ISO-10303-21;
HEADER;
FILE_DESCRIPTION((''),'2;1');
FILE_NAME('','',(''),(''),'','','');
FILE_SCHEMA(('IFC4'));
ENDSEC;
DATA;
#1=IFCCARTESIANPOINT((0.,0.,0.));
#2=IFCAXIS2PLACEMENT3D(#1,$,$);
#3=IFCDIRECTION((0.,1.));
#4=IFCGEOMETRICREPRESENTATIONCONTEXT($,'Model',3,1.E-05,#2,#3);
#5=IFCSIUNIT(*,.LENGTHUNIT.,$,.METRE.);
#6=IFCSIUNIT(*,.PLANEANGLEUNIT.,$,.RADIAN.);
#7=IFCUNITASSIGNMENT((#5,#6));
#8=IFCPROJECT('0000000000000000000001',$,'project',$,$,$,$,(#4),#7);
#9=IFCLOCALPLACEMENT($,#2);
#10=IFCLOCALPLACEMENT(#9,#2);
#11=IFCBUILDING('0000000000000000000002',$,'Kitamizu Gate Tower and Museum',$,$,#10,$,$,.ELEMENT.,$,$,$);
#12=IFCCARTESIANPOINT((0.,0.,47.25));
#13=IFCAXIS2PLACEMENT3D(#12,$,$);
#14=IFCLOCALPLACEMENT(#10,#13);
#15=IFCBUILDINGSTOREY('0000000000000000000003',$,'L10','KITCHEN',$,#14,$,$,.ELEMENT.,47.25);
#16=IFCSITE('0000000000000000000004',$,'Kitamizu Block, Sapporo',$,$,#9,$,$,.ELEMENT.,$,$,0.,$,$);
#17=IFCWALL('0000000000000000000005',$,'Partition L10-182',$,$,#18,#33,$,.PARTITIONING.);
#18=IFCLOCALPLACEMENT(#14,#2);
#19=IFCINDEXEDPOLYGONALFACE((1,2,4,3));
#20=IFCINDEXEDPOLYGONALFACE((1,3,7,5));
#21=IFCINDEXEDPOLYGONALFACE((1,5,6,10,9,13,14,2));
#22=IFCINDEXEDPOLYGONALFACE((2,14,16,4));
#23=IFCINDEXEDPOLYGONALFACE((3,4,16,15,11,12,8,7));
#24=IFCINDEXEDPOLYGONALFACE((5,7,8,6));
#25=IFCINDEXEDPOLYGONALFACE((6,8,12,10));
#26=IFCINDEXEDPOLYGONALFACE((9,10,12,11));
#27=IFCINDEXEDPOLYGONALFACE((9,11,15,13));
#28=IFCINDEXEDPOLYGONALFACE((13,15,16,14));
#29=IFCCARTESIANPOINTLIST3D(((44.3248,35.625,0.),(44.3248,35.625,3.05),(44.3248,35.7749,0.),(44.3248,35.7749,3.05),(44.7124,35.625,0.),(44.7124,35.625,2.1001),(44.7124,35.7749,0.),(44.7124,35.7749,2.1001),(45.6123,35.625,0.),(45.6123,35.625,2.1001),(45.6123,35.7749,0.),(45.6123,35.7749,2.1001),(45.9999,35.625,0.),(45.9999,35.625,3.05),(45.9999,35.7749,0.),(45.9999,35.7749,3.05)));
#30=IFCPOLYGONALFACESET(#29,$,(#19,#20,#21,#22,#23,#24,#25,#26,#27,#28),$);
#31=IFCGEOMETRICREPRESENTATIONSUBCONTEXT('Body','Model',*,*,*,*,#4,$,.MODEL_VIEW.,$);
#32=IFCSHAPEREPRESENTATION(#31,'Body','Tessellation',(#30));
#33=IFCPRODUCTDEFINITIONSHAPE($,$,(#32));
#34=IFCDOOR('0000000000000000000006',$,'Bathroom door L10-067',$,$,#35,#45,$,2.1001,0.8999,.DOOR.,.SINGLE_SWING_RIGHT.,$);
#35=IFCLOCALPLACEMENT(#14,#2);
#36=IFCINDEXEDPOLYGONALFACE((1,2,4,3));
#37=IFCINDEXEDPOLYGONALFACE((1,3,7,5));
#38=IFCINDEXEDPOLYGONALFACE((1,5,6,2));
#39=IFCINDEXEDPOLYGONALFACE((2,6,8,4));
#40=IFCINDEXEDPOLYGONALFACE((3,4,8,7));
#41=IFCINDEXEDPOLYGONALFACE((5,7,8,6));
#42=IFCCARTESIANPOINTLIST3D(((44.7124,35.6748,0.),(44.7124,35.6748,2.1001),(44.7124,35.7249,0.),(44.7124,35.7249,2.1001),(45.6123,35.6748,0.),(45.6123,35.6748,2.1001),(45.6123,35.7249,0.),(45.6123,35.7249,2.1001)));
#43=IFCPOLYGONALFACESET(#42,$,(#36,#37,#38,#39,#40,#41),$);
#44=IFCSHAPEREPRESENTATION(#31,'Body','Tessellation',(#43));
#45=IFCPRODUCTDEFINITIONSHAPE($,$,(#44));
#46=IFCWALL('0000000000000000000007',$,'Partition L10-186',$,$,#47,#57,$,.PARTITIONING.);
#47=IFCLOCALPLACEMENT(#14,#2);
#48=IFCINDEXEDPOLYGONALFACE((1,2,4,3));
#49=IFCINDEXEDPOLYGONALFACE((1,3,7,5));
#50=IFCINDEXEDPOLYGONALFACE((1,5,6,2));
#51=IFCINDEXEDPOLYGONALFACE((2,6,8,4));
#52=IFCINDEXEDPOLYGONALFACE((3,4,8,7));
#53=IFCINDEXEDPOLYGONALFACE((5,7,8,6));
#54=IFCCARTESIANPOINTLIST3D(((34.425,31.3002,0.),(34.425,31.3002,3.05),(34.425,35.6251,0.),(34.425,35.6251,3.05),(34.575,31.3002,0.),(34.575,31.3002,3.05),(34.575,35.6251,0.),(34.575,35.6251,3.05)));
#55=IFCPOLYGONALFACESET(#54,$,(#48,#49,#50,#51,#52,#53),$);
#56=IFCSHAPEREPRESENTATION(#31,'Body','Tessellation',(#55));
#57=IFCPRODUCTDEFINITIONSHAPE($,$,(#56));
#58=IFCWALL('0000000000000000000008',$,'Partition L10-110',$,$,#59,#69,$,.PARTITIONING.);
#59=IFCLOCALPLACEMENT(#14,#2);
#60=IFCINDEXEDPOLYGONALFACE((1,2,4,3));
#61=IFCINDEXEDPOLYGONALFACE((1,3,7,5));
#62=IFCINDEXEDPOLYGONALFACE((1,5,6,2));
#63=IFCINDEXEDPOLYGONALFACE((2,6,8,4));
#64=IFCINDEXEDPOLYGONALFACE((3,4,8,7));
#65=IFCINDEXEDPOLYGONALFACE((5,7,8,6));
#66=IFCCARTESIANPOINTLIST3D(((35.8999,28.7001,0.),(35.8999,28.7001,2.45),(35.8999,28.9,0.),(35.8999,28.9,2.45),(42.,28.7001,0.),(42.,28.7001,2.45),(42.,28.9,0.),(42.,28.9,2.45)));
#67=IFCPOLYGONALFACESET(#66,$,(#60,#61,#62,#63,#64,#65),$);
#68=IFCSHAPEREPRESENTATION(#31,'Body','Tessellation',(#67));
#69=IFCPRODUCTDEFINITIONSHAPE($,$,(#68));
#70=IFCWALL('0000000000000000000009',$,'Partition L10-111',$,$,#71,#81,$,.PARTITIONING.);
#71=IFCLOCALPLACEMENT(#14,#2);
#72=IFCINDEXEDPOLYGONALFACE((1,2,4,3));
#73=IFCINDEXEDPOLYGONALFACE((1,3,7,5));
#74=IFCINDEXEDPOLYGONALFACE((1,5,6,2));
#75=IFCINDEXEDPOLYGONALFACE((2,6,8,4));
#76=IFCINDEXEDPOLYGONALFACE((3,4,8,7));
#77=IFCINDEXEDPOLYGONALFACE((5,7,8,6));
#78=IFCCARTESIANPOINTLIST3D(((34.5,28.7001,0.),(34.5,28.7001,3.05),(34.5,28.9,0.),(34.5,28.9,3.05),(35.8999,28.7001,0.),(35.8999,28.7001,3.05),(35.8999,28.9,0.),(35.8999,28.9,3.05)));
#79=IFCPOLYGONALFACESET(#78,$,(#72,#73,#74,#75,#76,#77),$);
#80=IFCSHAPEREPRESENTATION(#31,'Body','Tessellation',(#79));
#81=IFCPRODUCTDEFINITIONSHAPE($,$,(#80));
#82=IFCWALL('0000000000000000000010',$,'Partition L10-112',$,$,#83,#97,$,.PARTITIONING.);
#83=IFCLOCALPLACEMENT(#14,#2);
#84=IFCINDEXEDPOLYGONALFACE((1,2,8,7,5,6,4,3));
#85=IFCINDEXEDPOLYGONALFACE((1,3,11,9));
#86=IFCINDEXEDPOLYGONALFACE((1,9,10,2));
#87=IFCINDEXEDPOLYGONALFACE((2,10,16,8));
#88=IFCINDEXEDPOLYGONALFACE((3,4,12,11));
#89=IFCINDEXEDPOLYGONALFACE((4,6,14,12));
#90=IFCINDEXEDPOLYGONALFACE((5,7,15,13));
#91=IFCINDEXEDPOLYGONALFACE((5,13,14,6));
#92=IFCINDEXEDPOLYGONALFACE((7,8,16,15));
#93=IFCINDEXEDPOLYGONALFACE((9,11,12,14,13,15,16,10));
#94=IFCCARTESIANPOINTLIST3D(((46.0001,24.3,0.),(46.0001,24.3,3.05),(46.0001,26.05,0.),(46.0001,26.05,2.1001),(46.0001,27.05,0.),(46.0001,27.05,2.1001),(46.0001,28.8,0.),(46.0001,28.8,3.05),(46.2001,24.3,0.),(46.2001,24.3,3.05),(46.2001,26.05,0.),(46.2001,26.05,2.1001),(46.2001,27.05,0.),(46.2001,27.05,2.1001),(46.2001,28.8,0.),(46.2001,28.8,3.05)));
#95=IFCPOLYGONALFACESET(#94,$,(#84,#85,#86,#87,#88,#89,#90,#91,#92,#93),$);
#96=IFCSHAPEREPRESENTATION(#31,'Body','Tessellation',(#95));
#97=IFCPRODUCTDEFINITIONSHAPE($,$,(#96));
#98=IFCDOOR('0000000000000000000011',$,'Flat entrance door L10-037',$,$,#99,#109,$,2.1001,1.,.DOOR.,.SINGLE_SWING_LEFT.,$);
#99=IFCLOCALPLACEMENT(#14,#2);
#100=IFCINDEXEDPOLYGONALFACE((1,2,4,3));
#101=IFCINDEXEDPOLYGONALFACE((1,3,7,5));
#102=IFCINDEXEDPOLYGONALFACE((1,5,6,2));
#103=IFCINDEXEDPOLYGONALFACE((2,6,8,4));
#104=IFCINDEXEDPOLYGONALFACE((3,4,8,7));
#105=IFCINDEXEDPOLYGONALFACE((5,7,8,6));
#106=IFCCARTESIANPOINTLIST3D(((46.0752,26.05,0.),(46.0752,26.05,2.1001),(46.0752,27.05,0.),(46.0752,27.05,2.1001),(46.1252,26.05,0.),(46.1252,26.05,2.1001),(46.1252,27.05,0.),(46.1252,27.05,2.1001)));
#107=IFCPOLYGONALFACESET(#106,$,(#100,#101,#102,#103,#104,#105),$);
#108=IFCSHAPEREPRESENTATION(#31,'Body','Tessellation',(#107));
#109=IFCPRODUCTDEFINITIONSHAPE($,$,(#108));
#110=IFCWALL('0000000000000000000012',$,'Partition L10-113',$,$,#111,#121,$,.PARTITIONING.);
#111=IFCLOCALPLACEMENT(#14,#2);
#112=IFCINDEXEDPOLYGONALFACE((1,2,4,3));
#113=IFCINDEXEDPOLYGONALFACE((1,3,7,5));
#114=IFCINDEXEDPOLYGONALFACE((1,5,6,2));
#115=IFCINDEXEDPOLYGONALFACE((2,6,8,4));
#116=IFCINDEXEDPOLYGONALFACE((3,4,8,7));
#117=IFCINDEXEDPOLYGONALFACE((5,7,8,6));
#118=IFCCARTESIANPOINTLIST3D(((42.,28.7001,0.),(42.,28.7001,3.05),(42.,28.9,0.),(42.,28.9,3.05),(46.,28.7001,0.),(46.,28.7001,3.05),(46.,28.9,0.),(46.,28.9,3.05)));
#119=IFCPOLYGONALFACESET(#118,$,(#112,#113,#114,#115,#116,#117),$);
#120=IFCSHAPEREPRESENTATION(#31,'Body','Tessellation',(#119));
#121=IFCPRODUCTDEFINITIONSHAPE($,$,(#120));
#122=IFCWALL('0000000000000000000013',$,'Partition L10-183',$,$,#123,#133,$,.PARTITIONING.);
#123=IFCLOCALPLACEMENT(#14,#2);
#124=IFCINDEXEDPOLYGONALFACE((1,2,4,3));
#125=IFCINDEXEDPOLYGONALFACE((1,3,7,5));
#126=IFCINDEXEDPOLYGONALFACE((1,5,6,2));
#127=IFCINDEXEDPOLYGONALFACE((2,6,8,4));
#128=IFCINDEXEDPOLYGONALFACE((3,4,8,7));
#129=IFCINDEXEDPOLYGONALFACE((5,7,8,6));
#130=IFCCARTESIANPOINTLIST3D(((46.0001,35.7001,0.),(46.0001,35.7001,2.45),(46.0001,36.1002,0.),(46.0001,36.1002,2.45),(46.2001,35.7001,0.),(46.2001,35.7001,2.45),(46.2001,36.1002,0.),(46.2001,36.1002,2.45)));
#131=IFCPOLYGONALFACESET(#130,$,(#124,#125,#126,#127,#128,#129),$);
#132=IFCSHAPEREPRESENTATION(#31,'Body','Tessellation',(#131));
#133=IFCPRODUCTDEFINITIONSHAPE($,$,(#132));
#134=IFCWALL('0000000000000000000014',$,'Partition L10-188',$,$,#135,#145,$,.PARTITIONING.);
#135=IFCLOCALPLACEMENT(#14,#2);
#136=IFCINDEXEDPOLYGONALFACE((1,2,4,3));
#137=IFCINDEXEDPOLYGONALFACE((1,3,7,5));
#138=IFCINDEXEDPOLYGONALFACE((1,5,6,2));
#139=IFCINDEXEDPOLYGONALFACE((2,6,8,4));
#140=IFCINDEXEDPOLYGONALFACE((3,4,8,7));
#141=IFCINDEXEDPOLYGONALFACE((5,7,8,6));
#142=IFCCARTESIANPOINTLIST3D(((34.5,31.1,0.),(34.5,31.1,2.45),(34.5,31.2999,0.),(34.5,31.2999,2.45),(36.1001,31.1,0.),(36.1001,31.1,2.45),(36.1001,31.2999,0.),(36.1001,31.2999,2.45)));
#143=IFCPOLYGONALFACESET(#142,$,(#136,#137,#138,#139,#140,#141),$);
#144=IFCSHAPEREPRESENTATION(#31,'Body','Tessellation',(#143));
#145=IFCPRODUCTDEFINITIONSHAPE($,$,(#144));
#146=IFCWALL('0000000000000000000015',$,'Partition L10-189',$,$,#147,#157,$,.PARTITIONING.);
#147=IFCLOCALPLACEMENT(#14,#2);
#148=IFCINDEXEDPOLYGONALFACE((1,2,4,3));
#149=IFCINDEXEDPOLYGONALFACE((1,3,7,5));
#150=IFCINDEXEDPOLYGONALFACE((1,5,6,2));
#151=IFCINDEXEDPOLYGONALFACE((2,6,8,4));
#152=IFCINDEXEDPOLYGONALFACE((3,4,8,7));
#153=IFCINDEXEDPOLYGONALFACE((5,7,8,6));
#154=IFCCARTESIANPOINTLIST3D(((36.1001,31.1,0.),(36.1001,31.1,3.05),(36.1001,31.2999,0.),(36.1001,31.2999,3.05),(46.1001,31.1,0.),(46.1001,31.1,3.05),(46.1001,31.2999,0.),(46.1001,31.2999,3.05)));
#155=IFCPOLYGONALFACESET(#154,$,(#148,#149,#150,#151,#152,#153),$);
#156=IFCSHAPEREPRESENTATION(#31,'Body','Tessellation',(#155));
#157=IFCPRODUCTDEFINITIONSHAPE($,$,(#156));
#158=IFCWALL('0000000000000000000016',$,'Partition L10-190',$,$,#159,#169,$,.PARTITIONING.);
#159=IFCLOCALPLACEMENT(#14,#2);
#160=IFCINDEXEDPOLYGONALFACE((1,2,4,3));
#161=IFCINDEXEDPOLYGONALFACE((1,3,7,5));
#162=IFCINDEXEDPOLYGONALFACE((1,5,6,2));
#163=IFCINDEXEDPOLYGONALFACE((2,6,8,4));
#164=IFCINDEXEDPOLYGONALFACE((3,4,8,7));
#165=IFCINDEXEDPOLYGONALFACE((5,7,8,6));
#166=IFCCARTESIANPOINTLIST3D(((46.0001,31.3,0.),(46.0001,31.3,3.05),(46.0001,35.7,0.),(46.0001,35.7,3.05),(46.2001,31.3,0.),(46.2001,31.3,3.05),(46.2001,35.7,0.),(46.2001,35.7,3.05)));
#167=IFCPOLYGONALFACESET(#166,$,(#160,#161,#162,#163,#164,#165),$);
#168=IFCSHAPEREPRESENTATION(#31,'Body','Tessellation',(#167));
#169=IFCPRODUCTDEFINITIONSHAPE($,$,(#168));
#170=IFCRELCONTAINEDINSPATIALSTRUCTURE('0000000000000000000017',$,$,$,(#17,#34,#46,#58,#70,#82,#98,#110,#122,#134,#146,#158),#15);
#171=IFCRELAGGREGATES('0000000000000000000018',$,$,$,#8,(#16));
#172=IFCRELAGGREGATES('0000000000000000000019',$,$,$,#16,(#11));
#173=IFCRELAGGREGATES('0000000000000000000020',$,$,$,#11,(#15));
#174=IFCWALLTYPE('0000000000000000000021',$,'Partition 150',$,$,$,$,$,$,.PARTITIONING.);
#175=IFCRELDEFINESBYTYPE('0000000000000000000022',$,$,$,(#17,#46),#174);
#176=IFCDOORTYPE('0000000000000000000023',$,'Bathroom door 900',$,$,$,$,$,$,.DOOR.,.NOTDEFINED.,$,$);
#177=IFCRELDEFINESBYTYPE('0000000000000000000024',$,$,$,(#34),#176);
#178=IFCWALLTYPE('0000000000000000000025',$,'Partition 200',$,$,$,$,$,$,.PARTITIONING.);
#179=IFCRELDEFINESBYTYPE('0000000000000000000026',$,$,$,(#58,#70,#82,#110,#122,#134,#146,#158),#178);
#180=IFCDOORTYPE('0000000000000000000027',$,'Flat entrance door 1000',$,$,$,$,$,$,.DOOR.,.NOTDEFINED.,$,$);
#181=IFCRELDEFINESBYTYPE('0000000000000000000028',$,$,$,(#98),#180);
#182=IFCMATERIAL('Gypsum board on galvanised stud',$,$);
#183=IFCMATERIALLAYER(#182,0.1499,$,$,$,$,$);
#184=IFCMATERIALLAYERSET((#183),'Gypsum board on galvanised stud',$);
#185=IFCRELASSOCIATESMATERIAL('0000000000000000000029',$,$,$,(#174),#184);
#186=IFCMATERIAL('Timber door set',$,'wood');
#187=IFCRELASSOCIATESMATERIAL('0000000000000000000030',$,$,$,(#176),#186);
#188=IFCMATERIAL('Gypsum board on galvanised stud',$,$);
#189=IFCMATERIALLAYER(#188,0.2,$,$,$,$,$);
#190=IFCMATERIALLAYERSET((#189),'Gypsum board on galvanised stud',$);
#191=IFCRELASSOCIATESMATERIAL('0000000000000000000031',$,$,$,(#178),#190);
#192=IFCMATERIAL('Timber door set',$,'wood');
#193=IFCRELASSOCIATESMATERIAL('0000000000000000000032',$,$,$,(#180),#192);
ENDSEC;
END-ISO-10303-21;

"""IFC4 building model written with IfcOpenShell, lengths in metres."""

from ifc_helpers import new_model, si_unit, direction, frame, frame_2d, origin, place, context, subcontext, project, spatial, rectangle, extrude, material, layer, layer_set, type_object, element, fill, save


model = new_model("IFC4")

# Units and contexts
model_context = context("Model", 3, precision=1e-05, world=origin(), true_north=direction((0.0, 1.0)))
body_context = subcontext(model_context, "Body", "Model", "MODEL_VIEW")
ifc_project = project(units=[si_unit("LENGTHUNIT", "METRE"), si_unit("PLANEANGLEUNIT", "RADIAN")], contexts=[model_context])

# Site, building, storey
site_placement = place(None, origin())
site = spatial("IfcSite", under=ifc_project, at=site_placement, Name="Kitamizu Block, Sapporo", CompositionType="ELEMENT", RefElevation=0.0)
building_placement = place(site_placement, origin())
building = spatial("IfcBuilding", under=site, at=building_placement, Name="Kitamizu Gate Tower and Museum", CompositionType="ELEMENT")
storey_placement = place(building_placement, frame((0.0, 0.0, 47.25)))
storey = spatial("IfcBuildingStorey", under=building, at=storey_placement, Name="L10", Description="KITCHEN", CompositionType="ELEMENT", Elevation=47.25)

# Shared definitions
ifc_material_1 = material(Name="Gypsum board on galvanised stud")
ifc_layer_1 = layer(ifc_material_1, 0.1499)
ifc_layer_set_1 = layer_set([ifc_layer_1], Name="Gypsum board on galvanised stud")
wall_type_1 = type_object("IfcWallType", Name="Partition 150", PredefinedType="PARTITIONING", material=ifc_layer_set_1)

# Wall, opening, door
wall_1_placement = place(storey_placement, frame((44.325, 35.7, 0.0), z_axis=(0.0, 0.0, 1.0), x_axis=(1.0, 0.0, 0.0)))
wall_1 = element("IfcWall", 1, at=wall_1_placement, inside=storey, type_object=wall_type_1, Name="Partition L10-182", PredefinedType="PARTITIONING", context=body_context, shape_type="SweptSolid", body=[
    extrude(rectangle(XDim=1.675, YDim=0.1499, at=frame_2d((0.8374, 0.0))), origin(), (0.0, 0.0, 1.0), 3.05),
])
opening_1_placement = place(wall_1_placement, frame((0.3875, 0.0, 0.0)))
opening_1 = element("IfcOpeningElement", 2, at=opening_1_placement, cuts=wall_1, PredefinedType="OPENING", context=body_context, shape_type="SweptSolid", body=[
    extrude(rectangle(XDim=0.8999, YDim=2.1001, at=frame_2d((0.45, 1.05))), frame((0.0, 0.085, 0.0), z_axis=(0.0, -1.0, 0.0), x_axis=(1.0, 0.0, 0.0)), (0.0, 0.0, 1.0), 0.1699),
])
ifc_material_2 = material(Name="Timber door set", Category="wood")
door_type_1 = type_object("IfcDoorType", Name="Bathroom door 900", OperationType="NOTDEFINED", PredefinedType="DOOR", material=ifc_material_2)
door_1_placement = place(opening_1_placement, origin())
door_1 = element("IfcDoor", 3, at=door_1_placement, inside=storey, type_object=door_type_1, Name="Bathroom door L10-067", OperationType="SINGLE_SWING_RIGHT", OverallHeight=2.1001, OverallWidth=0.8999, PredefinedType="DOOR", context=body_context, shape_type="SweptSolid", body=[
    extrude(rectangle(XDim=0.8999, YDim=2.1001, at=frame_2d((0.45, 1.05))), frame((0.0, 0.0249, 0.0), z_axis=(0.0, -1.0, 0.0), x_axis=(1.0, 0.0, 0.0)), (0.0, 0.0, 1.0), 0.05),
])
fill(opening_1, door_1)

# Walls
wall_2_placement = place(storey_placement, frame((34.5, 31.3, 0.0), z_axis=(0.0, 0.0, 1.0), x_axis=(0.0, 1.0, 0.0)))
element("IfcWall", 4, at=wall_2_placement, inside=storey, type_object=wall_type_1, Name="Partition L10-186", PredefinedType="PARTITIONING", context=body_context, shape_type="SweptSolid", body=[
    extrude(rectangle(XDim=4.325, YDim=0.1499, at=frame_2d((2.1626, 0.0))), origin(), (0.0, 0.0, 1.0), 3.05),
])
ifc_material_3 = material(Name="Gypsum board on galvanised stud")
ifc_layer_2 = layer(ifc_material_3, 0.2)
ifc_layer_set_2 = layer_set([ifc_layer_2], Name="Gypsum board on galvanised stud")
wall_type_2 = type_object("IfcWallType", Name="Partition 200", PredefinedType="PARTITIONING", material=ifc_layer_set_2)
wall_3_placement = place(storey_placement, frame((42.0, 28.8, 0.0), z_axis=(0.0, 0.0, 1.0), x_axis=(-1.0, 0.0, 0.0)))
element("IfcWall", 5, at=wall_3_placement, inside=storey, type_object=wall_type_2, Name="Partition L10-110", PredefinedType="PARTITIONING", context=body_context, shape_type="SweptSolid", body=[
    extrude(rectangle(XDim=6.1001, YDim=0.2, at=frame_2d((3.05, 0.0))), origin(), (0.0, 0.0, 1.0), 2.45),
])
wall_4_placement = place(storey_placement, frame((35.8999, 28.8, 0.0), z_axis=(0.0, 0.0, 1.0), x_axis=(-1.0, 0.0, 0.0)))
element("IfcWall", 6, at=wall_4_placement, inside=storey, type_object=wall_type_2, Name="Partition L10-111", PredefinedType="PARTITIONING", context=body_context, shape_type="SweptSolid", body=[
    extrude(rectangle(XDim=1.3999, YDim=0.2, at=frame_2d((0.7, 0.0))), origin(), (0.0, 0.0, 1.0), 3.05),
])

# Wall, opening, door
wall_5_placement = place(storey_placement, frame((46.1001, 24.3, 0.0), z_axis=(0.0, 0.0, 1.0), x_axis=(0.0, 1.0, 0.0)))
wall_5 = element("IfcWall", 7, at=wall_5_placement, inside=storey, type_object=wall_type_2, Name="Partition L10-112", PredefinedType="PARTITIONING", context=body_context, shape_type="SweptSolid", body=[
    extrude(rectangle(XDim=4.5, YDim=0.2, at=frame_2d((2.25, 0.0))), origin(), (0.0, 0.0, 1.0), 3.05),
])
opening_2_placement = place(wall_5_placement, frame((1.75, 0.0, 0.0)))
opening_2 = element("IfcOpeningElement", 8, at=opening_2_placement, cuts=wall_5, PredefinedType="OPENING", context=body_context, shape_type="SweptSolid", body=[
    extrude(rectangle(XDim=1.0, YDim=2.1001, at=frame_2d((0.5, 1.05))), frame((0.0, 0.1099, 0.0), z_axis=(0.0, -1.0, 0.0), x_axis=(1.0, 0.0, 0.0)), (0.0, 0.0, 1.0), 0.22),
])
ifc_material_4 = material(Name="Timber door set", Category="wood")
door_type_2 = type_object("IfcDoorType", Name="Flat entrance door 1000", OperationType="NOTDEFINED", PredefinedType="DOOR", material=ifc_material_4)
door_2_placement = place(opening_2_placement, origin())
door_2 = element("IfcDoor", 9, at=door_2_placement, inside=storey, type_object=door_type_2, Name="Flat entrance door L10-037", OperationType="SINGLE_SWING_LEFT", OverallHeight=2.1001, OverallWidth=1.0, PredefinedType="DOOR", context=body_context, shape_type="SweptSolid", body=[
    extrude(rectangle(XDim=1.0, YDim=2.1001, at=frame_2d((0.5, 1.05))), frame((0.0, 0.0249, 0.0), z_axis=(0.0, -1.0, 0.0), x_axis=(1.0, 0.0, 0.0)), (0.0, 0.0, 1.0), 0.05),
])
fill(opening_2, door_2)

# Walls
wall_6_placement = place(storey_placement, frame((46.0, 28.8, 0.0), z_axis=(0.0, 0.0, 1.0), x_axis=(-1.0, 0.0, 0.0)))
element("IfcWall", 10, at=wall_6_placement, inside=storey, type_object=wall_type_2, Name="Partition L10-113", PredefinedType="PARTITIONING", context=body_context, shape_type="SweptSolid", body=[
    extrude(rectangle(XDim=4.0, YDim=0.2, at=frame_2d((2.0, 0.0))), origin(), (0.0, 0.0, 1.0), 3.05),
])
wall_7_placement = place(storey_placement, frame((46.1001, 35.7, 0.0), z_axis=(0.0, 0.0, 1.0), x_axis=(0.0, 1.0, 0.0)))
element("IfcWall", 11, at=wall_7_placement, inside=storey, type_object=wall_type_2, Name="Partition L10-183", PredefinedType="PARTITIONING", context=body_context, shape_type="SweptSolid", body=[
    extrude(rectangle(XDim=0.4001, YDim=0.2, at=frame_2d((0.2002, 0.0))), origin(), (0.0, 0.0, 1.0), 2.45),
])
wall_8_placement = place(storey_placement, frame((34.5, 31.2, 0.0), z_axis=(0.0, 0.0, 1.0), x_axis=(1.0, 0.0, 0.0)))
element("IfcWall", 12, at=wall_8_placement, inside=storey, type_object=wall_type_2, Name="Partition L10-188", PredefinedType="PARTITIONING", context=body_context, shape_type="SweptSolid", body=[
    extrude(rectangle(XDim=1.6001, YDim=0.2, at=frame_2d((0.8, 0.0))), origin(), (0.0, 0.0, 1.0), 2.45),
])
wall_9_placement = place(storey_placement, frame((36.1001, 31.2, 0.0), z_axis=(0.0, 0.0, 1.0), x_axis=(1.0, 0.0, 0.0)))
element("IfcWall", 13, at=wall_9_placement, inside=storey, type_object=wall_type_2, Name="Partition L10-189", PredefinedType="PARTITIONING", context=body_context, shape_type="SweptSolid", body=[
    extrude(rectangle(XDim=10.0, YDim=0.2, at=frame_2d((5.0, 0.0))), origin(), (0.0, 0.0, 1.0), 3.05),
])
wall_10_placement = place(storey_placement, frame((46.1001, 31.3, 0.0), z_axis=(0.0, 0.0, 1.0), x_axis=(0.0, 1.0, 0.0)))
element("IfcWall", 14, at=wall_10_placement, inside=storey, type_object=wall_type_2, Name="Partition L10-190", PredefinedType="PARTITIONING", context=body_context, shape_type="SweptSolid", body=[
    extrude(rectangle(XDim=4.3999, YDim=0.2, at=frame_2d((2.2, 0.0))), origin(), (0.0, 0.0, 1.0), 3.05),
])

save(model, "model.ifc")
